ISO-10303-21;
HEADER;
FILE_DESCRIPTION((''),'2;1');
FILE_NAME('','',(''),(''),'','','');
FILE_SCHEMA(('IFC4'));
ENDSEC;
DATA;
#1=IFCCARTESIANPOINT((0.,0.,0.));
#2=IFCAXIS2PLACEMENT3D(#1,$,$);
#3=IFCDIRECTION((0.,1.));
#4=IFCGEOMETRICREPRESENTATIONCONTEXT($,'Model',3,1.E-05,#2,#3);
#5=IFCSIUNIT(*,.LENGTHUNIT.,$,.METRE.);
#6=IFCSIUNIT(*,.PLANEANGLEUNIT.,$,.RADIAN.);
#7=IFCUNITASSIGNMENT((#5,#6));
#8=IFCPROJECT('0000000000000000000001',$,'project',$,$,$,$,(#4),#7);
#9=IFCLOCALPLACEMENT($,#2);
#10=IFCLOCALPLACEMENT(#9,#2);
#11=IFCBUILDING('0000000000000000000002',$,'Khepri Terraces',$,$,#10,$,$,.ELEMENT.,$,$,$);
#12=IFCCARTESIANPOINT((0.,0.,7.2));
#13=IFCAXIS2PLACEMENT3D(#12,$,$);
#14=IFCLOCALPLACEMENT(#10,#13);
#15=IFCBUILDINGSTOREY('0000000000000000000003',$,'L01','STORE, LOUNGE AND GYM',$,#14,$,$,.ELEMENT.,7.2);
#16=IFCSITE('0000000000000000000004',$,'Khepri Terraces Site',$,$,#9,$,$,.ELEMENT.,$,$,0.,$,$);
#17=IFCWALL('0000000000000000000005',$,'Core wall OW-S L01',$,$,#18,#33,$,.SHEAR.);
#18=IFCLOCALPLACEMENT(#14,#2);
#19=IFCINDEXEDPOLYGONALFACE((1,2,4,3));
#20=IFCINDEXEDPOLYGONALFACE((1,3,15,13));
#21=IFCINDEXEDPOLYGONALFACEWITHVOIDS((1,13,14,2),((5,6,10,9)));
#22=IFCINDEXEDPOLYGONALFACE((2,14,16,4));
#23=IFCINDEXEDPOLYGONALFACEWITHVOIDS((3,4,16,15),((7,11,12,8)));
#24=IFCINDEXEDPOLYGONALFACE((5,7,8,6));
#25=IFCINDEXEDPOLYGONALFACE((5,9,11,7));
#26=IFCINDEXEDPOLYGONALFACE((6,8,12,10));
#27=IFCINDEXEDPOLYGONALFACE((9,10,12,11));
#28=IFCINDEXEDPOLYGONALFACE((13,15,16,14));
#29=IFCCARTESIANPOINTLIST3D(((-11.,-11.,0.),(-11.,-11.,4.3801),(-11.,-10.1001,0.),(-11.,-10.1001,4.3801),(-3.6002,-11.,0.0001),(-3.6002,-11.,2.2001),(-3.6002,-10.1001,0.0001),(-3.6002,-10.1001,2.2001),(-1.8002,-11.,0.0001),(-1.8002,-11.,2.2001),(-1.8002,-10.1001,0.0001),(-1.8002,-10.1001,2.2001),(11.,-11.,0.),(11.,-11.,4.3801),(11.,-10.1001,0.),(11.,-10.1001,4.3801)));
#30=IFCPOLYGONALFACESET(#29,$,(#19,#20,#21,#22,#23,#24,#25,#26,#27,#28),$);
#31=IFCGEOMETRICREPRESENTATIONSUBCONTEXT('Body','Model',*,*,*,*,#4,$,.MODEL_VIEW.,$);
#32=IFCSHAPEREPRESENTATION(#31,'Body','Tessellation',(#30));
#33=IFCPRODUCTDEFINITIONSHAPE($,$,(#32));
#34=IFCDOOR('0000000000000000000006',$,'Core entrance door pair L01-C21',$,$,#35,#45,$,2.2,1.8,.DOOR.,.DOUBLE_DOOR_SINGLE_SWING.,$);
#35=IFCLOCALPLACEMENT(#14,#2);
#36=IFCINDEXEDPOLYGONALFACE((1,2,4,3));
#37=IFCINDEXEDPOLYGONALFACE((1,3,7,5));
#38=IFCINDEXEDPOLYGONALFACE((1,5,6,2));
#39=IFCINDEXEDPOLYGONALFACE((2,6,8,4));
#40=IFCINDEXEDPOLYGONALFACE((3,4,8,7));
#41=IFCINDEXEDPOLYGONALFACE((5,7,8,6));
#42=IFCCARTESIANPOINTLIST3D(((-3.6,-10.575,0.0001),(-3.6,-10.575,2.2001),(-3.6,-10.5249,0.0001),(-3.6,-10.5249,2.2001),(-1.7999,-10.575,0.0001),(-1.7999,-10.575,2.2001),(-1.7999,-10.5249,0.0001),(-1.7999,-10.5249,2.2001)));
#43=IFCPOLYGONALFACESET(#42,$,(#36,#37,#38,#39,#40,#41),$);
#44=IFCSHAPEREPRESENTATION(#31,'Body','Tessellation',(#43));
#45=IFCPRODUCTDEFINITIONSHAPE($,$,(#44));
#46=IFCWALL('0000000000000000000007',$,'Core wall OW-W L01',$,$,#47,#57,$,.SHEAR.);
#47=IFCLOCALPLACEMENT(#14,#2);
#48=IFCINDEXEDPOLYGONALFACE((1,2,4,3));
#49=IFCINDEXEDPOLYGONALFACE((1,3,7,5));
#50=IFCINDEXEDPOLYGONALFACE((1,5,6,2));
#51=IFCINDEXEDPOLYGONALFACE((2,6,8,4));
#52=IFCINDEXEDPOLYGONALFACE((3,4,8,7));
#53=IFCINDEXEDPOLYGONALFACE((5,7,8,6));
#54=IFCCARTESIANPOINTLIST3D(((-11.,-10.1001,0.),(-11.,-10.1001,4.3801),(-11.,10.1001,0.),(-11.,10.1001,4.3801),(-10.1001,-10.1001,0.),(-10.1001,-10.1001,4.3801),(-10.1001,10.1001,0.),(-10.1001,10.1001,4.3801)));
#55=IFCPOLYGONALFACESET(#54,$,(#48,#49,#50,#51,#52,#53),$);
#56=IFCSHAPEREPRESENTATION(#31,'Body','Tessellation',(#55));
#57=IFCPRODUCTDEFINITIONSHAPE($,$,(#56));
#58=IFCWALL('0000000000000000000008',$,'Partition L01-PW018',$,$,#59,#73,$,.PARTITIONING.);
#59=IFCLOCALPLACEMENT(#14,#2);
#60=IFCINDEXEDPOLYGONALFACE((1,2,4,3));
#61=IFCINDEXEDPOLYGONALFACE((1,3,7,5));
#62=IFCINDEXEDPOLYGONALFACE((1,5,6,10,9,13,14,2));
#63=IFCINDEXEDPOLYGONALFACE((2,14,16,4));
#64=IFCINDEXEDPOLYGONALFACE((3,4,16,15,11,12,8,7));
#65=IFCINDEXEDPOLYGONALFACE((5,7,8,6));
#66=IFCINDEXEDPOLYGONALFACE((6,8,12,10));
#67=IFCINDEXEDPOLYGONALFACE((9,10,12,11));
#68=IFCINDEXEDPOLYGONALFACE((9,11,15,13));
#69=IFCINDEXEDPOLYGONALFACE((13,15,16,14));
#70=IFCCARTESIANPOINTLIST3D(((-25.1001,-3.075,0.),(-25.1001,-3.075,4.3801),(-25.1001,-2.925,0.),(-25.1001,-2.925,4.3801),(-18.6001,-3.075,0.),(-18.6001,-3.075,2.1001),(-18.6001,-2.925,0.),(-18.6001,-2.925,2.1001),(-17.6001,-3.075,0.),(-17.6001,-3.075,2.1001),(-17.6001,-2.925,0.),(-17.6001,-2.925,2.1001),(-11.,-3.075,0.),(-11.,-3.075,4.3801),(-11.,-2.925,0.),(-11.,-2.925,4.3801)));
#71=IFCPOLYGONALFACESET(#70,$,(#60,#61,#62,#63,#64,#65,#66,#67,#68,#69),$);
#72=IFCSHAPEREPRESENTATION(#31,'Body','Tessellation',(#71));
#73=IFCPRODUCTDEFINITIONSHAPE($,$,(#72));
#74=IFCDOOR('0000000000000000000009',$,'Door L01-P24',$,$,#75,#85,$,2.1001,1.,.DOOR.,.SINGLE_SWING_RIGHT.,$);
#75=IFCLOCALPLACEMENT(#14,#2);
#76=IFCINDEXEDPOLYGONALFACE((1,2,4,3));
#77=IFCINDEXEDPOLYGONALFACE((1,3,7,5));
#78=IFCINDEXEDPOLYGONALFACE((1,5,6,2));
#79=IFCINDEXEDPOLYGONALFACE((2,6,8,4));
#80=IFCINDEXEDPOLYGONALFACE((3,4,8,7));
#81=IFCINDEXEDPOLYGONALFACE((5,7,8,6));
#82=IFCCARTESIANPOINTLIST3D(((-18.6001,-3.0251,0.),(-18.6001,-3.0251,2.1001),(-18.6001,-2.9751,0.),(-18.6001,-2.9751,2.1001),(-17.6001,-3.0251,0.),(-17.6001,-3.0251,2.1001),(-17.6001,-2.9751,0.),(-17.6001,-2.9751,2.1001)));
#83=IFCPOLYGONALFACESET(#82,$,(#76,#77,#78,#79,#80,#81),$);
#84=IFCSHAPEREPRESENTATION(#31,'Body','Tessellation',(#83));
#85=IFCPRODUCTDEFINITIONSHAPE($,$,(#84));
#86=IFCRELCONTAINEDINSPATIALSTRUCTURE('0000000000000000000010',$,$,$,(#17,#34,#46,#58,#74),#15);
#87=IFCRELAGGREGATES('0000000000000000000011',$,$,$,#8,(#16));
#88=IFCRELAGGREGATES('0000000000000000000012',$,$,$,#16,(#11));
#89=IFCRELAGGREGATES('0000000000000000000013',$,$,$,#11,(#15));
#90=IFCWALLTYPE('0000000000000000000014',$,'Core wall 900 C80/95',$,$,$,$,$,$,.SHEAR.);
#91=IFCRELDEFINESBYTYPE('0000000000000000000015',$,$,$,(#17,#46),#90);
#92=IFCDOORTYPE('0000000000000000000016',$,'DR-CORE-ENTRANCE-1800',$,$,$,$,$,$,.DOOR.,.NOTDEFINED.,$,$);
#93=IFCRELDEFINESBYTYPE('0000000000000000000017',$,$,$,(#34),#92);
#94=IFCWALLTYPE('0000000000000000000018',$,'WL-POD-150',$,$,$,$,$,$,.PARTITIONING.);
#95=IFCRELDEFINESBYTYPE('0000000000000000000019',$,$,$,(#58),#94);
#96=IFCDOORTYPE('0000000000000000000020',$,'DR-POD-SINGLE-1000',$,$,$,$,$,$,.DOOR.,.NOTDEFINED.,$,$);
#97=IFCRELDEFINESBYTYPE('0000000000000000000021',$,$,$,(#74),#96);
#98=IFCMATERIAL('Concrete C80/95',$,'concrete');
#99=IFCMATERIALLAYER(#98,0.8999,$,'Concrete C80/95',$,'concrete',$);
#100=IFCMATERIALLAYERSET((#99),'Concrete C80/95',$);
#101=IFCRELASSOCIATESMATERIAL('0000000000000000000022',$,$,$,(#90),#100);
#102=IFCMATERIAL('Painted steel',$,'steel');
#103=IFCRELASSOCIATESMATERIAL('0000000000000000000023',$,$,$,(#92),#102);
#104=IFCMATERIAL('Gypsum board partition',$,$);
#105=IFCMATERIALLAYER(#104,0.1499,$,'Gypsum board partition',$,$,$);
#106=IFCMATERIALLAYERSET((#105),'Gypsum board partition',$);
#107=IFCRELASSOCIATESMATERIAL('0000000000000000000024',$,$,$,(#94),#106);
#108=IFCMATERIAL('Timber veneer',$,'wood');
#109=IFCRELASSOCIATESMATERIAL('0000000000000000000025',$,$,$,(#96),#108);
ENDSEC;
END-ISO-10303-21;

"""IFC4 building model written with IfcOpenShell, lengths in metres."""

from ifc_helpers import new_model, si_unit, direction, frame, frame_2d, origin, place, context, subcontext, project, spatial, rectangle, extrude, material, layer, layer_set, type_object, element, fill, save


model = new_model("IFC4")

# Units and contexts
model_context = context("Model", 3, precision=1e-05, world=origin(), true_north=direction((0.0, 1.0)))
body_context = subcontext(model_context, "Body", "Model", "MODEL_VIEW")
ifc_project = project(units=[si_unit("LENGTHUNIT", "METRE"), si_unit("PLANEANGLEUNIT", "RADIAN")], contexts=[model_context])

# Site, building, storey
site_placement = place(None, origin())
site = spatial("IfcSite", under=ifc_project, at=site_placement, Name="Khepri Terraces Site", CompositionType="ELEMENT", RefElevation=0.0)
building_placement = place(site_placement, origin())
building = spatial("IfcBuilding", under=site, at=building_placement, Name="Khepri Terraces", CompositionType="ELEMENT")
storey_placement = place(building_placement, frame((0.0, 0.0, 7.2)))
storey = spatial("IfcBuildingStorey", under=building, at=storey_placement, Name="L01", Description="STORE, LOUNGE AND GYM", CompositionType="ELEMENT", Elevation=7.2)

# Shared definitions
ifc_material_1 = material(Name="Concrete C80/95", Category="concrete")

# Wall, opening, door
ifc_layer_1 = layer(ifc_material_1, 0.8999, Name="Concrete C80/95", Category="concrete")
ifc_layer_set_1 = layer_set([ifc_layer_1], Name="Concrete C80/95")
wall_type_1 = type_object("IfcWallType", Name="Core wall 900 C80/95", PredefinedType="SHEAR", material=ifc_layer_set_1)
wall_1_placement = place(storey_placement, frame((-11.0, -10.55, 0.0), z_axis=(0.0, 0.0, 1.0), x_axis=(1.0, 0.0, 0.0)))
wall_1 = element("IfcWall", 1, at=wall_1_placement, inside=storey, type_object=wall_type_1, Name="Core wall OW-S L01", PredefinedType="SHEAR", context=body_context, shape_type="SweptSolid", body=[
    extrude(rectangle(XDim=22.0, YDim=0.8999, at=frame_2d((11.0, 0.0))), origin(), (0.0, 0.0, 1.0), 4.3801),
])
opening_1_placement = place(wall_1_placement, frame((7.3999, 0.0, 0.0)))
opening_1 = element("IfcOpeningElement", 2, at=opening_1_placement, cuts=wall_1, PredefinedType="OPENING", context=body_context, shape_type="SweptSolid", body=[
    extrude(rectangle(XDim=1.8, YDim=2.2, at=frame_2d((0.8999, 1.1001))), frame((0.0, 0.46, 0.0), z_axis=(0.0, -1.0, 0.0), x_axis=(1.0, 0.0, 0.0)), (0.0, 0.0, 1.0), 0.9199),
])
ifc_material_2 = material(Name="Painted steel", Category="steel")
door_type_1 = type_object("IfcDoorType", Name="DR-CORE-ENTRANCE-1800", OperationType="NOTDEFINED", PredefinedType="DOOR", material=ifc_material_2)
door_1_placement = place(opening_1_placement, frame((1.8, 0.0, 0.0), z_axis=(0.0, 0.0, 1.0), x_axis=(-1.0, 0.0, 0.0)))
door_1 = element("IfcDoor", 3, at=door_1_placement, inside=storey, type_object=door_type_1, Name="Core entrance door pair L01-C21", OperationType="DOUBLE_DOOR_SINGLE_SWING", OverallHeight=2.2, OverallWidth=1.8, PredefinedType="DOOR", context=body_context, shape_type="SweptSolid", body=[
    extrude(rectangle(XDim=1.8, YDim=2.2, at=frame_2d((0.8999, 1.1001))), frame((0.0, 0.0249, 0.0), z_axis=(0.0, -1.0, 0.0), x_axis=(1.0, 0.0, 0.0)), (0.0, 0.0, 1.0), 0.05),
])
fill(opening_1, door_1)

# Wall
wall_2_placement = place(storey_placement, frame((-10.55, -10.1001, 0.0), z_axis=(0.0, 0.0, 1.0), x_axis=(0.0, 1.0, 0.0)))
element("IfcWall", 4, at=wall_2_placement, inside=storey, type_object=wall_type_1, Name="Core wall OW-W L01", PredefinedType="SHEAR", context=body_context, shape_type="SweptSolid", body=[
    extrude(rectangle(XDim=20.2002, YDim=0.8999, at=frame_2d((10.1001, 0.0))), origin(), (0.0, 0.0, 1.0), 4.3801),
])

# Wall, opening, door
ifc_material_3 = material(Name="Gypsum board partition")
ifc_layer_2 = layer(ifc_material_3, 0.1499, Name="Gypsum board partition")
ifc_layer_set_2 = layer_set([ifc_layer_2], Name="Gypsum board partition")
wall_type_2 = type_object("IfcWallType", Name="WL-POD-150", PredefinedType="PARTITIONING", material=ifc_layer_set_2)
wall_3_placement = place(storey_placement, frame((-25.1001, -3.0, 0.0), z_axis=(0.0, 0.0, 1.0), x_axis=(1.0, 0.0, 0.0)))
wall_3 = element("IfcWall", 5, at=wall_3_placement, inside=storey, type_object=wall_type_2, Name="Partition L01-PW018", PredefinedType="PARTITIONING", context=body_context, shape_type="SweptSolid", body=[
    extrude(rectangle(XDim=14.1001, YDim=0.1499, at=frame_2d((7.05, 0.0))), origin(), (0.0, 0.0, 1.0), 4.3801),
])
opening_2_placement = place(wall_3_placement, frame((6.5, 0.0, 0.0)))
opening_2 = element("IfcOpeningElement", 6, at=opening_2_placement, cuts=wall_3, PredefinedType="OPENING", context=body_context, shape_type="SweptSolid", body=[
    extrude(rectangle(XDim=1.0, YDim=2.1001, at=frame_2d((0.5, 1.05))), frame((0.0, 0.085, 0.0), z_axis=(0.0, -1.0, 0.0), x_axis=(1.0, 0.0, 0.0)), (0.0, 0.0, 1.0), 0.1699),
])
ifc_material_4 = material(Name="Timber veneer", Category="wood")
door_type_2 = type_object("IfcDoorType", Name="DR-POD-SINGLE-1000", OperationType="NOTDEFINED", PredefinedType="DOOR", material=ifc_material_4)
door_2_placement = place(opening_2_placement, origin())
door_2 = element("IfcDoor", 7, at=door_2_placement, inside=storey, type_object=door_type_2, Name="Door L01-P24", OperationType="SINGLE_SWING_RIGHT", OverallHeight=2.1001, OverallWidth=1.0, PredefinedType="DOOR", context=body_context, shape_type="SweptSolid", body=[
    extrude(rectangle(XDim=1.0, YDim=2.1001, at=frame_2d((0.5, 1.05))), frame((0.0, 0.0249, 0.0), z_axis=(0.0, -1.0, 0.0), x_axis=(1.0, 0.0, 0.0)), (0.0, 0.0, 1.0), 0.05),
])
fill(opening_2, door_2)

save(model, "model.ifc")
